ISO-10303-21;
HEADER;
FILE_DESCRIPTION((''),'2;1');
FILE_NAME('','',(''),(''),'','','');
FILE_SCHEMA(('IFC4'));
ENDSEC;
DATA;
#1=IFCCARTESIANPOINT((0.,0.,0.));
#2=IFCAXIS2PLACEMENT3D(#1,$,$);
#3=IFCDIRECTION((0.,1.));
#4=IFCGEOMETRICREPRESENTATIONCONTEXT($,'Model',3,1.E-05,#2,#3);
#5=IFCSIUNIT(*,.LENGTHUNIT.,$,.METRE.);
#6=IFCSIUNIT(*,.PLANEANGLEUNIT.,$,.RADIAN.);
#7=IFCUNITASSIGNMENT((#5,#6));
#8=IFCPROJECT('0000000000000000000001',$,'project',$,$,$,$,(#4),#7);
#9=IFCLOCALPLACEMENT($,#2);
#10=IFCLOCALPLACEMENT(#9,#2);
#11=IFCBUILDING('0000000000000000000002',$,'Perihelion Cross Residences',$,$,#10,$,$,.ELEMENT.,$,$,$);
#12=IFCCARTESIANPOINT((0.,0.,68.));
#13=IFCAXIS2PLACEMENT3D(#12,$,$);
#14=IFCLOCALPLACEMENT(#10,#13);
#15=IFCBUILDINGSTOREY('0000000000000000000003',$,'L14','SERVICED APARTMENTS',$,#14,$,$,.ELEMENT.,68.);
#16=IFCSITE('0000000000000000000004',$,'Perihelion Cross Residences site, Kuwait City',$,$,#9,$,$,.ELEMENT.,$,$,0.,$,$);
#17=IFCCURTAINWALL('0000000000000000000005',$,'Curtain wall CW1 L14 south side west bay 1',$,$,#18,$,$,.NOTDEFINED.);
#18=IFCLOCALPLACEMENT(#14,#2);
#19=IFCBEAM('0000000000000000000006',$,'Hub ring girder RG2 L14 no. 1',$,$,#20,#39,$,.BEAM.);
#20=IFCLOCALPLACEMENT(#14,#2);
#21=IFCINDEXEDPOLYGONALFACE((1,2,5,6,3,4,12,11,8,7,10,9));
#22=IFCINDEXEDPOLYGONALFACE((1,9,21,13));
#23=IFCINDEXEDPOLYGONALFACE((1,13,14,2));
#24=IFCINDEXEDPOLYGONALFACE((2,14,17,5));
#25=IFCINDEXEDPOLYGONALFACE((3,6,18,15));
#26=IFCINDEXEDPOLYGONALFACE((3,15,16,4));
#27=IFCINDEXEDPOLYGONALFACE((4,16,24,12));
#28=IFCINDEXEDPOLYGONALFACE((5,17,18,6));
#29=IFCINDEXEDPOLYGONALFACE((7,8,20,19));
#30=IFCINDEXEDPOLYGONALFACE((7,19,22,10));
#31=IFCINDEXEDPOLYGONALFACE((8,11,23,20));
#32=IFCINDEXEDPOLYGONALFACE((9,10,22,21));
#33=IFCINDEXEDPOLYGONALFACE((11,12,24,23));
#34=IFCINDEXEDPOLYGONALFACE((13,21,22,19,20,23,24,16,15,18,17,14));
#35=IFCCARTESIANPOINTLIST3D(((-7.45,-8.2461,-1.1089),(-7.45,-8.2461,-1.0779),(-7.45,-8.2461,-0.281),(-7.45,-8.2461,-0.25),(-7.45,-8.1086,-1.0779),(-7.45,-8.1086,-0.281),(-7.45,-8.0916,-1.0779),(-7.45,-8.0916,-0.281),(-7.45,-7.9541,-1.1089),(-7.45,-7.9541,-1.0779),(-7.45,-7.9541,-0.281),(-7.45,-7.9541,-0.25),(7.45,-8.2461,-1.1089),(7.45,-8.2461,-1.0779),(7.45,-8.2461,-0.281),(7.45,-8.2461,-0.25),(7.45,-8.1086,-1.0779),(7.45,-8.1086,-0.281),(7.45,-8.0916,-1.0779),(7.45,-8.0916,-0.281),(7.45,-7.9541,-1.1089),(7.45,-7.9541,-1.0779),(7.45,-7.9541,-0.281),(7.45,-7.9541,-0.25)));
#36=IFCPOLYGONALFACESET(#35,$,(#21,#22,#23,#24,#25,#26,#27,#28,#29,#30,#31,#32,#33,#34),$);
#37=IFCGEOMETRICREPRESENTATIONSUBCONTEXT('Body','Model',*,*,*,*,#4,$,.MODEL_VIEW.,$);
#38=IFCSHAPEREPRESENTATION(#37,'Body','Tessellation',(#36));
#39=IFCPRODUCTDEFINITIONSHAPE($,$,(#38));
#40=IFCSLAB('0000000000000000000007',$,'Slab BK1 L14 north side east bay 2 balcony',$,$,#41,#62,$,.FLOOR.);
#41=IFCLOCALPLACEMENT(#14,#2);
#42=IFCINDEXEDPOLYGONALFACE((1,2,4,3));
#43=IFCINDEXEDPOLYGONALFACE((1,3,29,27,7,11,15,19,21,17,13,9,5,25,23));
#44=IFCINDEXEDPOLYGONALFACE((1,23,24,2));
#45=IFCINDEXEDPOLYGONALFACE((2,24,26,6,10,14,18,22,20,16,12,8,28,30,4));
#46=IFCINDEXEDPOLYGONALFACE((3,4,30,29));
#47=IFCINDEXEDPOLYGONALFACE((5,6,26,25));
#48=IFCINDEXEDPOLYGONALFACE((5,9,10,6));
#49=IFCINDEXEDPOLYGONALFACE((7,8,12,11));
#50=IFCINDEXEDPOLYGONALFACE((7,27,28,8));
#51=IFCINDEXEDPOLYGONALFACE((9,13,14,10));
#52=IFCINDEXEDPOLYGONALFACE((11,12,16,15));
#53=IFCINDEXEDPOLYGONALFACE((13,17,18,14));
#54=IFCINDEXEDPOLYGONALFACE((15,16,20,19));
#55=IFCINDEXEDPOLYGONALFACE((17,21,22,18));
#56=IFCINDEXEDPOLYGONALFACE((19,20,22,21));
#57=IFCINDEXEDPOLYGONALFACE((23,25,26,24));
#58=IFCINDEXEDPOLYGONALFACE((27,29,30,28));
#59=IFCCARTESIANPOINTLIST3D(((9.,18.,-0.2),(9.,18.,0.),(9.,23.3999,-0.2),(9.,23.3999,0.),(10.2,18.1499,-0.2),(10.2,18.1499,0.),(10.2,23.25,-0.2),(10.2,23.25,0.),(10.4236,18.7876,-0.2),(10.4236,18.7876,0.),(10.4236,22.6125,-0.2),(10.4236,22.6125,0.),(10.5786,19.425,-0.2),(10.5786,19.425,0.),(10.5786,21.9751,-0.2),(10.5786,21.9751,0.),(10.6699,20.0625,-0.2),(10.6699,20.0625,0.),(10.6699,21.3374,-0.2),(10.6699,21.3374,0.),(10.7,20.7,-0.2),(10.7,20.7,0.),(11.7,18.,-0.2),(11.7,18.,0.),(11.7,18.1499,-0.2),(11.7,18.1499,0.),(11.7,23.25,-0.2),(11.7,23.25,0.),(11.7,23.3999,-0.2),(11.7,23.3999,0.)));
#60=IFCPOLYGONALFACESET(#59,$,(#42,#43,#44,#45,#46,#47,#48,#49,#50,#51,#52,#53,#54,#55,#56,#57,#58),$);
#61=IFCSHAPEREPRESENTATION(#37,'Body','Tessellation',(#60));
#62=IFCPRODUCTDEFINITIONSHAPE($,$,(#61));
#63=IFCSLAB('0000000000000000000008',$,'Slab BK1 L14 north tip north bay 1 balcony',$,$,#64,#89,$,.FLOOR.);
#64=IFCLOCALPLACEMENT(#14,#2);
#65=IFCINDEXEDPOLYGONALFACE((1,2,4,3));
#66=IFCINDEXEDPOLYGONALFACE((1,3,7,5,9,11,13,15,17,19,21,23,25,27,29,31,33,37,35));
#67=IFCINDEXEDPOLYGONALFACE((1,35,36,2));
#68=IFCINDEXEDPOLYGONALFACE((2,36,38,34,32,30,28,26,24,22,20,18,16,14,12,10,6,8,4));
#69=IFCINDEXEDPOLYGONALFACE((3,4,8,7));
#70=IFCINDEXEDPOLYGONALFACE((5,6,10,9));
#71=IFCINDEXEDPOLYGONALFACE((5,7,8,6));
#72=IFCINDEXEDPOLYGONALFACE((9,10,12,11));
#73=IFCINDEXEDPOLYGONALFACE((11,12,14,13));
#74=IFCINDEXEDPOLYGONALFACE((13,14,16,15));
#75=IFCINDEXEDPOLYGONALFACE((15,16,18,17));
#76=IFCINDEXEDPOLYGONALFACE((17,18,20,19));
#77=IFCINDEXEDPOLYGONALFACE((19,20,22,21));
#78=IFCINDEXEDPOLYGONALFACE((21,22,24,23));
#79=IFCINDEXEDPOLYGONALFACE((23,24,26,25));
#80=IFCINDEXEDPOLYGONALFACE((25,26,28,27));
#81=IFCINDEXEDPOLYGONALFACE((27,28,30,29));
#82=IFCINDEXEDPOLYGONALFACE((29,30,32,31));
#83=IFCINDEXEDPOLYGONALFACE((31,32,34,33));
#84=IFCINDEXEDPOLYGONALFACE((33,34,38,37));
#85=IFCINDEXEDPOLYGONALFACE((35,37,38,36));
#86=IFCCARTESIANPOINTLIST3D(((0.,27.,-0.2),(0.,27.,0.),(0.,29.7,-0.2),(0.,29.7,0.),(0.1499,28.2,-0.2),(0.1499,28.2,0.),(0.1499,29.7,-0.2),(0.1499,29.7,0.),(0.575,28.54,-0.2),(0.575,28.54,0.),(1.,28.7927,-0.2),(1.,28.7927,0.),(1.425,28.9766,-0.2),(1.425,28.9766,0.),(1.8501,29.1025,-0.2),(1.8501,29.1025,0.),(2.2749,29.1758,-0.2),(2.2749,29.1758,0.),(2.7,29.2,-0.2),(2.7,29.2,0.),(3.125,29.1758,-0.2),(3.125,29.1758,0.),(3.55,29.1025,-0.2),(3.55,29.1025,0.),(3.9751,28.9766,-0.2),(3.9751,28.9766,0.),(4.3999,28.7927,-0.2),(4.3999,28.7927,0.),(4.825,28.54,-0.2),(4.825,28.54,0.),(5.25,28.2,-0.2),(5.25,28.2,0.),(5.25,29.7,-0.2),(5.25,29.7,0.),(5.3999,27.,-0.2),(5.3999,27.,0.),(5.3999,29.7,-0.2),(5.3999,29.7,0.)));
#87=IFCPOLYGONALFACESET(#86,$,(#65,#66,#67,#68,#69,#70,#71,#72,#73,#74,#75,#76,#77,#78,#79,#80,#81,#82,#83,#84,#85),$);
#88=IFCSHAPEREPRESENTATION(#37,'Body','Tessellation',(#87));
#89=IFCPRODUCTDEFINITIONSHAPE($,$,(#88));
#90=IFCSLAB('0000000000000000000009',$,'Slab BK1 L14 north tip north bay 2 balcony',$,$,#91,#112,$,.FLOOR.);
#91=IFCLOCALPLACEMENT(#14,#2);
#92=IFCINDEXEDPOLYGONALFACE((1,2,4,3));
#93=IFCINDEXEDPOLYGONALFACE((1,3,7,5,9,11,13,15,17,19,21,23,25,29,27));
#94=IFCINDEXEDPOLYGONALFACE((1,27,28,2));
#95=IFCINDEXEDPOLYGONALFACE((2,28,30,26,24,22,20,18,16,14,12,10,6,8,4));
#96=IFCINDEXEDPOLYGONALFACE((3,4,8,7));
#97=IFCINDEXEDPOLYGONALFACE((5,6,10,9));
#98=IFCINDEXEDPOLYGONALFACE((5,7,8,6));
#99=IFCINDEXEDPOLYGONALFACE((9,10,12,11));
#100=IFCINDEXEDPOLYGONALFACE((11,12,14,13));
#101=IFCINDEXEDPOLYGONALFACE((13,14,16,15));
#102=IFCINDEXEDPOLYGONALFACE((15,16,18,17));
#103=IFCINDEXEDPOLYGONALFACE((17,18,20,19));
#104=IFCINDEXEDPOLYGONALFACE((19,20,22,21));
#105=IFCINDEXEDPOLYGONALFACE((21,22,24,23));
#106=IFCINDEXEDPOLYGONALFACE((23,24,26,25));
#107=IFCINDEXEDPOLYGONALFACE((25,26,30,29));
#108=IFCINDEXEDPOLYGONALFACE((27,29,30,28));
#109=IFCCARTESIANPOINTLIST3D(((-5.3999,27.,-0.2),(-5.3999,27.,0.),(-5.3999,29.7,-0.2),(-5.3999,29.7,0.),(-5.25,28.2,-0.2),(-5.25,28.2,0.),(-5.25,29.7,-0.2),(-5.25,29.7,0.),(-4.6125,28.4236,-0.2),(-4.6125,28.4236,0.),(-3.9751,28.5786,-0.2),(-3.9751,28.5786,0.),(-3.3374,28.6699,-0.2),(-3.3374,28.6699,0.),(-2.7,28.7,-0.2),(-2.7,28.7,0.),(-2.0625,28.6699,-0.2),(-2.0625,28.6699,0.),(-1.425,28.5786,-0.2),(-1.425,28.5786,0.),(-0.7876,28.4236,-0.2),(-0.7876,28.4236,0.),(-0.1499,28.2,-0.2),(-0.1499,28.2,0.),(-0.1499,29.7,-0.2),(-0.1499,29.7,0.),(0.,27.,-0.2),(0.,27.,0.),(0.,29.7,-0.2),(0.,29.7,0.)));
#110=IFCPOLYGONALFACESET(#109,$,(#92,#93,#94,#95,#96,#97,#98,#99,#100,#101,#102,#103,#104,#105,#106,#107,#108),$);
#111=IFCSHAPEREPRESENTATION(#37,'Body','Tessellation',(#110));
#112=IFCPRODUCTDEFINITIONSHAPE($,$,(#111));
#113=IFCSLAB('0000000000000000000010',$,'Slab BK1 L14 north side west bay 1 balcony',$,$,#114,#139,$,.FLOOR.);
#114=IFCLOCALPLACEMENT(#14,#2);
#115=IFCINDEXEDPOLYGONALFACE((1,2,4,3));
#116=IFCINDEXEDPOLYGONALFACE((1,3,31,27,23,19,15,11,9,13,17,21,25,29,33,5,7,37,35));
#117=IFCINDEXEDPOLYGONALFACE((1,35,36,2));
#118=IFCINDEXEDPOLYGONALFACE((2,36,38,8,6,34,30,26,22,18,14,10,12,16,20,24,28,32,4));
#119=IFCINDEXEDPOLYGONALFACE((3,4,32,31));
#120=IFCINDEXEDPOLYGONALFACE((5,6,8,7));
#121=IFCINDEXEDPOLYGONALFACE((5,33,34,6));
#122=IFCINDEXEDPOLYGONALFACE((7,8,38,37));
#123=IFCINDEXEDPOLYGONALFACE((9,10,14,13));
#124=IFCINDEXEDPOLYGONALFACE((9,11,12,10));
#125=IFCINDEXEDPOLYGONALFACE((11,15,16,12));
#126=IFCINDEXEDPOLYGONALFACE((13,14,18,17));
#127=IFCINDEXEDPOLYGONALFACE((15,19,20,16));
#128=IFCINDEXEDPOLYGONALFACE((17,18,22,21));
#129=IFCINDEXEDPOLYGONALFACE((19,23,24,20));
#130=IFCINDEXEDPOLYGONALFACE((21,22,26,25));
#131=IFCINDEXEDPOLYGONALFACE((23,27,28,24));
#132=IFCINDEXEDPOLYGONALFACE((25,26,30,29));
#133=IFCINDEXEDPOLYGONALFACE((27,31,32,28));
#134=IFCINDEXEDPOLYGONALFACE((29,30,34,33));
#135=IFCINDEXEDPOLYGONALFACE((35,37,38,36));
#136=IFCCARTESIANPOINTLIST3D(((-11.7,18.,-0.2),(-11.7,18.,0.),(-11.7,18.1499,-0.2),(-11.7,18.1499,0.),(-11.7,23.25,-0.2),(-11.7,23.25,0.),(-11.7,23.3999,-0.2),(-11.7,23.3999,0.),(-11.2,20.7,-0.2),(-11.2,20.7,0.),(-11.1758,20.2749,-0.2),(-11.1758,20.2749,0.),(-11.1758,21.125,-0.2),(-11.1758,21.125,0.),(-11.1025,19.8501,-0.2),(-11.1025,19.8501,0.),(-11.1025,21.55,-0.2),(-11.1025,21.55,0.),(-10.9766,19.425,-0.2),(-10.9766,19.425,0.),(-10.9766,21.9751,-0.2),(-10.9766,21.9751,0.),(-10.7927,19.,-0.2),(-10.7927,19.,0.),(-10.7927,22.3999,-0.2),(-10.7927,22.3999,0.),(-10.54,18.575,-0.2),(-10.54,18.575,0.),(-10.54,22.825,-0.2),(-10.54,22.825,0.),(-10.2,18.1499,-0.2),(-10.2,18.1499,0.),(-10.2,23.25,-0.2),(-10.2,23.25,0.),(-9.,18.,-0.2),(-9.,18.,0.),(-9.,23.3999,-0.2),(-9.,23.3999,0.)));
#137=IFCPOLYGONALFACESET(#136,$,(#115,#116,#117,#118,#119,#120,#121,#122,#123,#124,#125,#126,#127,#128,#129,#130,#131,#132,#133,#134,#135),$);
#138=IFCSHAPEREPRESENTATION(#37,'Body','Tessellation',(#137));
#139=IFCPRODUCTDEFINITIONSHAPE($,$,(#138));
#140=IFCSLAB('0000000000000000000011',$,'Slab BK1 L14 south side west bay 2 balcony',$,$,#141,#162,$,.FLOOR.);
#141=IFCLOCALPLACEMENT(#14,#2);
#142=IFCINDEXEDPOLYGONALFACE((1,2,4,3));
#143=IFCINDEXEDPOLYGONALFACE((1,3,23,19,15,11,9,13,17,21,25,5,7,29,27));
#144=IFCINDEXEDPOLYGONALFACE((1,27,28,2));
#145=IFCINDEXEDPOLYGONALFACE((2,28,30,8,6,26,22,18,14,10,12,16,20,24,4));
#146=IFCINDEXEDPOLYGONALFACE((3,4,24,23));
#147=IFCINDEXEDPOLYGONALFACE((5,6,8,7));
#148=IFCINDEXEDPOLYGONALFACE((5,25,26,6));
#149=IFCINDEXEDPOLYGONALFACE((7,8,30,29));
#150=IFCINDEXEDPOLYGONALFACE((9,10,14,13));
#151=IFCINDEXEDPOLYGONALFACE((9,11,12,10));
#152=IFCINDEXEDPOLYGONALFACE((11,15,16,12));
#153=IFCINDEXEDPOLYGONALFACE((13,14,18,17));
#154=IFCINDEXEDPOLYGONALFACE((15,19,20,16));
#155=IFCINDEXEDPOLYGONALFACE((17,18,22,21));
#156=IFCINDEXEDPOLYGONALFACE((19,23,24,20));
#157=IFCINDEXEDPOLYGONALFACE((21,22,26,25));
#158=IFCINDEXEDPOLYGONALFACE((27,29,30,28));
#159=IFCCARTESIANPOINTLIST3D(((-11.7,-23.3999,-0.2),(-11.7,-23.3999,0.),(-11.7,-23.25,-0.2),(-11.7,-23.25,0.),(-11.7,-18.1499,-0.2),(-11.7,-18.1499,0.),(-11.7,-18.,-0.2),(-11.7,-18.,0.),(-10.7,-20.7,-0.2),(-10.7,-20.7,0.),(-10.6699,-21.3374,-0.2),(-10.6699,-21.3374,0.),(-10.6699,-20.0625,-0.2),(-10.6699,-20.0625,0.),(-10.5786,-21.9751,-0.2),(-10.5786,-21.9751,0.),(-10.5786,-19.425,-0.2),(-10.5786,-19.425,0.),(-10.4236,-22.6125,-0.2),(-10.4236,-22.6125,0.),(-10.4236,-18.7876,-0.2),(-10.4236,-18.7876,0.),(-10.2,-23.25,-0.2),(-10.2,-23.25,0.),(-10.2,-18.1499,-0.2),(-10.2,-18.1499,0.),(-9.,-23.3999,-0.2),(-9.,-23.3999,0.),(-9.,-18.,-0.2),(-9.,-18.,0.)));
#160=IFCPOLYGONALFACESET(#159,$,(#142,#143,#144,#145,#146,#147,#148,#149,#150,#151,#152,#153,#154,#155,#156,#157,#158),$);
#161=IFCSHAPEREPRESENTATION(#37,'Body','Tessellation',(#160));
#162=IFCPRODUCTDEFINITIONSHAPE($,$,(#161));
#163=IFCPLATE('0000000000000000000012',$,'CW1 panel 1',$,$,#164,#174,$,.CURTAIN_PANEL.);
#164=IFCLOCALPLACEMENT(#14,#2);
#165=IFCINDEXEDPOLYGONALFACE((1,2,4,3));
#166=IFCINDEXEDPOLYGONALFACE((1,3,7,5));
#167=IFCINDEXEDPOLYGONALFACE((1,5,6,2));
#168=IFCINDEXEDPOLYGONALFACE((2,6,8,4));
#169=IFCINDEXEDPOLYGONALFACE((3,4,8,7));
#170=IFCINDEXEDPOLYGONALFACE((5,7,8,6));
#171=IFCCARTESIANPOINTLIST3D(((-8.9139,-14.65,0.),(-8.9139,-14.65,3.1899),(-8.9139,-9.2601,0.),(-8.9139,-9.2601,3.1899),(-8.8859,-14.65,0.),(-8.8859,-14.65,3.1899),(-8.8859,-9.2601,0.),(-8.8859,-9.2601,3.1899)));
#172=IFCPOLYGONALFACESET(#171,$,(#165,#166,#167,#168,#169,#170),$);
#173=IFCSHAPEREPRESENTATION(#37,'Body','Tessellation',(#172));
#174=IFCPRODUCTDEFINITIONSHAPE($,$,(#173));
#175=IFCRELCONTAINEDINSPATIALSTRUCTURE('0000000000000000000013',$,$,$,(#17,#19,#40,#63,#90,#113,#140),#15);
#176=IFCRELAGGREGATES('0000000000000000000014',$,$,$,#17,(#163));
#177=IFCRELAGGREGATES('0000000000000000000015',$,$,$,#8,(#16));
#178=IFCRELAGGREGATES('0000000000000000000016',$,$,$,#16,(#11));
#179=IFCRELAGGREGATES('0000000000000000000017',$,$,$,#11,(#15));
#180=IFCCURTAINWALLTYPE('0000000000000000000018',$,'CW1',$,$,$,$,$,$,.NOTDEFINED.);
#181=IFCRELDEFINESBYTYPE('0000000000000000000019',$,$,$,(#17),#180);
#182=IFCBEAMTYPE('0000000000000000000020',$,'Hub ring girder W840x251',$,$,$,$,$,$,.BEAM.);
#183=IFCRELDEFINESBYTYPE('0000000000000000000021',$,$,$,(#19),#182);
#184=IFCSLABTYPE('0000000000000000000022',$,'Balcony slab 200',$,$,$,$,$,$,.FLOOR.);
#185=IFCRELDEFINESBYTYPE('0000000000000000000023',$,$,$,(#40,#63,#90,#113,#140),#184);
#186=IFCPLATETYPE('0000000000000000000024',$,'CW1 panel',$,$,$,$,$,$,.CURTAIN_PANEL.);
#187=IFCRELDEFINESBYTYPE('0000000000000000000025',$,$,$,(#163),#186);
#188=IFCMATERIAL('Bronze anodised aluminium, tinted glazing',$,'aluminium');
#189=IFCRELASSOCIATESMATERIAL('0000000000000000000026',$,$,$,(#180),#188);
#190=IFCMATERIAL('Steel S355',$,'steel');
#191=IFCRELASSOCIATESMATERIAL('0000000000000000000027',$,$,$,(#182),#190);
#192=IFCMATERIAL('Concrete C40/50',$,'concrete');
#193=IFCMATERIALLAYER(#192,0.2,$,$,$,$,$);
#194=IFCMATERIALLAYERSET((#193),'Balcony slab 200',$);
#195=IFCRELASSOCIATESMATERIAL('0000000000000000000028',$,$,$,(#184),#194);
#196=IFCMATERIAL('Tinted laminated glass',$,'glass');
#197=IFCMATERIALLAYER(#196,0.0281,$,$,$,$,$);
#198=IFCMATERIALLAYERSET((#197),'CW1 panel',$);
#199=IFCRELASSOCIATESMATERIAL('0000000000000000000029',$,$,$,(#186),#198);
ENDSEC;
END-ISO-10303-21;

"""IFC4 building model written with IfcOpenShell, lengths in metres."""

from ifc_helpers import new_model, si_unit, direction, frame, origin, origin_2d, place, context, subcontext, project, spatial, polyline, rectangle, i_section, outline, extrude, material, layer, layer_set, material_profile, profile_set, type_object, element, aggregate, save


model = new_model("IFC4")

# Units and contexts
model_context = context("Model", 3, precision=1e-05, world=origin(), true_north=direction((0.0, 1.0)))
body_context = subcontext(model_context, "Body", "Model", "MODEL_VIEW")
ifc_project = project(units=[si_unit("LENGTHUNIT", "METRE"), si_unit("PLANEANGLEUNIT", "RADIAN")], contexts=[model_context])

# Site, building, storey
site_placement = place(None, origin())
site = spatial("IfcSite", under=ifc_project, at=site_placement, Name="Perihelion Cross Residences site, Kuwait City", CompositionType="ELEMENT", RefElevation=0.0)
building_placement = place(site_placement, origin())
building = spatial("IfcBuilding", under=site, at=building_placement, Name="Perihelion Cross Residences", CompositionType="ELEMENT")
storey_placement = place(building_placement, frame((0.0, 0.0, 68.0)))
storey = spatial("IfcBuildingStorey", under=building, at=storey_placement, Name="L14", Description="SERVICED APARTMENTS", CompositionType="ELEMENT", Elevation=68.0)

# Curtain wall
ifc_material_1 = material(Name="Bronze anodised aluminium, tinted glazing", Category="aluminium")
curtain_wall_type = type_object("IfcCurtainWallType", Name="CW1", PredefinedType="NOTDEFINED", material=ifc_material_1)
curtain_wall_placement = place(storey_placement, origin())
curtain_wall = element("IfcCurtainWall", 1, at=curtain_wall_placement, inside=storey, type_object=curtain_wall_type, Name="Curtain wall CW1 L14 south side west bay 1", PredefinedType="NOTDEFINED")

# Beam
ifc_material_2 = material(Name="Steel S355", Category="steel")
ifc_material_profile_1 = material_profile(ifc_material_2, i_section(OverallWidth=0.292, OverallDepth=0.8589, WebThickness=0.0171, FlangeThickness=0.031, at=origin_2d()), Name="W840x251")
ifc_profile_set_1 = profile_set([ifc_material_profile_1], Name="Steel S355")
beam_type_1 = type_object("IfcBeamType", Name="Hub ring girder W840x251", PredefinedType="BEAM", material=ifc_profile_set_1)
beam_1_placement = place(storey_placement, frame((-7.45, -8.1001, -0.6794), z_axis=(1.0, 0.0, 0.0), x_axis=(0.0, 1.0, 0.0)))
element("IfcBeam", 2, at=beam_1_placement, inside=storey, type_object=beam_type_1, Name="Hub ring girder RG2 L14 no. 1", PredefinedType="BEAM", context=body_context, shape_type="SweptSolid", body=[
    extrude(i_section(OverallWidth=0.292, OverallDepth=0.8589, WebThickness=0.0171, FlangeThickness=0.031, at=origin_2d()), origin(), (0.0, 0.0, 1.0), 14.8999),
])

# Slabs
ifc_material_3 = material(Name="Concrete C40/50", Category="concrete")
ifc_layer_1 = layer(ifc_material_3, 0.2)
ifc_layer_set_1 = layer_set([ifc_layer_1], Name="Balcony slab 200")
slab_type_1 = type_object("IfcSlabType", Name="Balcony slab 200", PredefinedType="FLOOR", material=ifc_layer_set_1)
slab_1_placement = place(storey_placement, frame((0.0, 0.0, -0.2)))
element("IfcSlab", 3, at=slab_1_placement, inside=storey, type_object=slab_type_1, Name="Slab BK1 L14 north side east bay 2 balcony", PredefinedType="FLOOR", context=body_context, shape_type="SweptSolid", body=[
    extrude(outline(polyline([(9.0, 18.0), (9.0, 23.3999), (11.7, 23.3999), (11.7, 23.25), (10.2, 23.25), (10.4236, 22.6125), (10.5786, 21.9751), (10.6699, 21.3374), (10.7, 20.7), (10.6699, 20.0625), (10.5786, 19.425), (10.4236, 18.7876), (10.2, 18.1499), (11.7, 18.1499), (11.7, 18.0), (9.0, 18.0)])), origin(), (0.0, 0.0, 1.0), 0.2),
])
slab_2_placement = place(storey_placement, frame((0.0, 0.0, -0.2)))
element("IfcSlab", 4, at=slab_2_placement, inside=storey, type_object=slab_type_1, Name="Slab BK1 L14 north tip north bay 1 balcony", PredefinedType="FLOOR", context=body_context, shape_type="SweptSolid", body=[
    extrude(outline(polyline([(5.3999, 27.0), (0.0, 27.0), (0.0, 29.7), (0.1499, 29.7), (0.1499, 28.2), (0.575, 28.54), (1.0, 28.7927), (1.425, 28.9766), (1.8501, 29.1025), (2.2749, 29.1758), (2.7, 29.2), (3.125, 29.1758), (3.55, 29.1025), (3.9751, 28.9766), (4.3999, 28.7927), (4.825, 28.54), (5.25, 28.2), (5.25, 29.7), (5.3999, 29.7), (5.3999, 27.0)])), origin(), (0.0, 0.0, 1.0), 0.2),
])
slab_3_placement = place(storey_placement, frame((0.0, 0.0, -0.2)))
element("IfcSlab", 5, at=slab_3_placement, inside=storey, type_object=slab_type_1, Name="Slab BK1 L14 north tip north bay 2 balcony", PredefinedType="FLOOR", context=body_context, shape_type="SweptSolid", body=[
    extrude(outline(polyline([(0.0, 27.0), (-5.3999, 27.0), (-5.3999, 29.7), (-5.25, 29.7), (-5.25, 28.2), (-4.6125, 28.4236), (-3.9751, 28.5786), (-3.3374, 28.6699), (-2.7, 28.7), (-2.0625, 28.6699), (-1.425, 28.5786), (-0.7876, 28.4236), (-0.1499, 28.2), (-0.1499, 29.7), (0.0, 29.7), (0.0, 27.0)])), origin(), (0.0, 0.0, 1.0), 0.2),
])
slab_4_placement = place(storey_placement, frame((0.0, 0.0, -0.2)))
element("IfcSlab", 6, at=slab_4_placement, inside=storey, type_object=slab_type_1, Name="Slab BK1 L14 north side west bay 1 balcony", PredefinedType="FLOOR", context=body_context, shape_type="SweptSolid", body=[
    extrude(outline(polyline([(-9.0, 23.3999), (-9.0, 18.0), (-11.7, 18.0), (-11.7, 18.1499), (-10.2, 18.1499), (-10.54, 18.575), (-10.7927, 19.0), (-10.9766, 19.425), (-11.1025, 19.8501), (-11.1758, 20.2749), (-11.2, 20.7), (-11.1758, 21.125), (-11.1025, 21.55), (-10.9766, 21.9751), (-10.7927, 22.3999), (-10.54, 22.825), (-10.2, 23.25), (-11.7, 23.25), (-11.7, 23.3999), (-9.0, 23.3999)])), origin(), (0.0, 0.0, 1.0), 0.2),
])
slab_5_placement = place(storey_placement, frame((0.0, 0.0, -0.2)))
element("IfcSlab", 7, at=slab_5_placement, inside=storey, type_object=slab_type_1, Name="Slab BK1 L14 south side west bay 2 balcony", PredefinedType="FLOOR", context=body_context, shape_type="SweptSolid", body=[
    extrude(outline(polyline([(-9.0, -18.0), (-9.0, -23.3999), (-11.7, -23.3999), (-11.7, -23.25), (-10.2, -23.25), (-10.4236, -22.6125), (-10.5786, -21.9751), (-10.6699, -21.3374), (-10.7, -20.7), (-10.6699, -20.0625), (-10.5786, -19.425), (-10.4236, -18.7876), (-10.2, -18.1499), (-11.7, -18.1499), (-11.7, -18.0), (-9.0, -18.0)])), origin(), (0.0, 0.0, 1.0), 0.2),
])

# Plate
ifc_material_4 = material(Name="Tinted laminated glass", Category="glass")
ifc_layer_2 = layer(ifc_material_4, 0.0281)
ifc_layer_set_2 = layer_set([ifc_layer_2], Name="CW1 panel")
plate_type = type_object("IfcPlateType", Name="CW1 panel", PredefinedType="CURTAIN_PANEL", material=ifc_layer_set_2)
plate_placement = place(storey_placement, frame((-8.8999, -11.9551, 0.0), z_axis=(0.0, 0.0, 1.0), x_axis=(0.0, -1.0, 0.0)))
plate = element("IfcPlate", 8, at=plate_placement, type_object=plate_type, Name="CW1 panel 1", PredefinedType="CURTAIN_PANEL", context=body_context, shape_type="SweptSolid", body=[
    extrude(rectangle(XDim=5.3899, YDim=0.0281, at=origin_2d()), origin(), (0.0, 0.0, 1.0), 3.1899),
])
aggregate(curtain_wall, [plate])

save(model, "model.ifc")
